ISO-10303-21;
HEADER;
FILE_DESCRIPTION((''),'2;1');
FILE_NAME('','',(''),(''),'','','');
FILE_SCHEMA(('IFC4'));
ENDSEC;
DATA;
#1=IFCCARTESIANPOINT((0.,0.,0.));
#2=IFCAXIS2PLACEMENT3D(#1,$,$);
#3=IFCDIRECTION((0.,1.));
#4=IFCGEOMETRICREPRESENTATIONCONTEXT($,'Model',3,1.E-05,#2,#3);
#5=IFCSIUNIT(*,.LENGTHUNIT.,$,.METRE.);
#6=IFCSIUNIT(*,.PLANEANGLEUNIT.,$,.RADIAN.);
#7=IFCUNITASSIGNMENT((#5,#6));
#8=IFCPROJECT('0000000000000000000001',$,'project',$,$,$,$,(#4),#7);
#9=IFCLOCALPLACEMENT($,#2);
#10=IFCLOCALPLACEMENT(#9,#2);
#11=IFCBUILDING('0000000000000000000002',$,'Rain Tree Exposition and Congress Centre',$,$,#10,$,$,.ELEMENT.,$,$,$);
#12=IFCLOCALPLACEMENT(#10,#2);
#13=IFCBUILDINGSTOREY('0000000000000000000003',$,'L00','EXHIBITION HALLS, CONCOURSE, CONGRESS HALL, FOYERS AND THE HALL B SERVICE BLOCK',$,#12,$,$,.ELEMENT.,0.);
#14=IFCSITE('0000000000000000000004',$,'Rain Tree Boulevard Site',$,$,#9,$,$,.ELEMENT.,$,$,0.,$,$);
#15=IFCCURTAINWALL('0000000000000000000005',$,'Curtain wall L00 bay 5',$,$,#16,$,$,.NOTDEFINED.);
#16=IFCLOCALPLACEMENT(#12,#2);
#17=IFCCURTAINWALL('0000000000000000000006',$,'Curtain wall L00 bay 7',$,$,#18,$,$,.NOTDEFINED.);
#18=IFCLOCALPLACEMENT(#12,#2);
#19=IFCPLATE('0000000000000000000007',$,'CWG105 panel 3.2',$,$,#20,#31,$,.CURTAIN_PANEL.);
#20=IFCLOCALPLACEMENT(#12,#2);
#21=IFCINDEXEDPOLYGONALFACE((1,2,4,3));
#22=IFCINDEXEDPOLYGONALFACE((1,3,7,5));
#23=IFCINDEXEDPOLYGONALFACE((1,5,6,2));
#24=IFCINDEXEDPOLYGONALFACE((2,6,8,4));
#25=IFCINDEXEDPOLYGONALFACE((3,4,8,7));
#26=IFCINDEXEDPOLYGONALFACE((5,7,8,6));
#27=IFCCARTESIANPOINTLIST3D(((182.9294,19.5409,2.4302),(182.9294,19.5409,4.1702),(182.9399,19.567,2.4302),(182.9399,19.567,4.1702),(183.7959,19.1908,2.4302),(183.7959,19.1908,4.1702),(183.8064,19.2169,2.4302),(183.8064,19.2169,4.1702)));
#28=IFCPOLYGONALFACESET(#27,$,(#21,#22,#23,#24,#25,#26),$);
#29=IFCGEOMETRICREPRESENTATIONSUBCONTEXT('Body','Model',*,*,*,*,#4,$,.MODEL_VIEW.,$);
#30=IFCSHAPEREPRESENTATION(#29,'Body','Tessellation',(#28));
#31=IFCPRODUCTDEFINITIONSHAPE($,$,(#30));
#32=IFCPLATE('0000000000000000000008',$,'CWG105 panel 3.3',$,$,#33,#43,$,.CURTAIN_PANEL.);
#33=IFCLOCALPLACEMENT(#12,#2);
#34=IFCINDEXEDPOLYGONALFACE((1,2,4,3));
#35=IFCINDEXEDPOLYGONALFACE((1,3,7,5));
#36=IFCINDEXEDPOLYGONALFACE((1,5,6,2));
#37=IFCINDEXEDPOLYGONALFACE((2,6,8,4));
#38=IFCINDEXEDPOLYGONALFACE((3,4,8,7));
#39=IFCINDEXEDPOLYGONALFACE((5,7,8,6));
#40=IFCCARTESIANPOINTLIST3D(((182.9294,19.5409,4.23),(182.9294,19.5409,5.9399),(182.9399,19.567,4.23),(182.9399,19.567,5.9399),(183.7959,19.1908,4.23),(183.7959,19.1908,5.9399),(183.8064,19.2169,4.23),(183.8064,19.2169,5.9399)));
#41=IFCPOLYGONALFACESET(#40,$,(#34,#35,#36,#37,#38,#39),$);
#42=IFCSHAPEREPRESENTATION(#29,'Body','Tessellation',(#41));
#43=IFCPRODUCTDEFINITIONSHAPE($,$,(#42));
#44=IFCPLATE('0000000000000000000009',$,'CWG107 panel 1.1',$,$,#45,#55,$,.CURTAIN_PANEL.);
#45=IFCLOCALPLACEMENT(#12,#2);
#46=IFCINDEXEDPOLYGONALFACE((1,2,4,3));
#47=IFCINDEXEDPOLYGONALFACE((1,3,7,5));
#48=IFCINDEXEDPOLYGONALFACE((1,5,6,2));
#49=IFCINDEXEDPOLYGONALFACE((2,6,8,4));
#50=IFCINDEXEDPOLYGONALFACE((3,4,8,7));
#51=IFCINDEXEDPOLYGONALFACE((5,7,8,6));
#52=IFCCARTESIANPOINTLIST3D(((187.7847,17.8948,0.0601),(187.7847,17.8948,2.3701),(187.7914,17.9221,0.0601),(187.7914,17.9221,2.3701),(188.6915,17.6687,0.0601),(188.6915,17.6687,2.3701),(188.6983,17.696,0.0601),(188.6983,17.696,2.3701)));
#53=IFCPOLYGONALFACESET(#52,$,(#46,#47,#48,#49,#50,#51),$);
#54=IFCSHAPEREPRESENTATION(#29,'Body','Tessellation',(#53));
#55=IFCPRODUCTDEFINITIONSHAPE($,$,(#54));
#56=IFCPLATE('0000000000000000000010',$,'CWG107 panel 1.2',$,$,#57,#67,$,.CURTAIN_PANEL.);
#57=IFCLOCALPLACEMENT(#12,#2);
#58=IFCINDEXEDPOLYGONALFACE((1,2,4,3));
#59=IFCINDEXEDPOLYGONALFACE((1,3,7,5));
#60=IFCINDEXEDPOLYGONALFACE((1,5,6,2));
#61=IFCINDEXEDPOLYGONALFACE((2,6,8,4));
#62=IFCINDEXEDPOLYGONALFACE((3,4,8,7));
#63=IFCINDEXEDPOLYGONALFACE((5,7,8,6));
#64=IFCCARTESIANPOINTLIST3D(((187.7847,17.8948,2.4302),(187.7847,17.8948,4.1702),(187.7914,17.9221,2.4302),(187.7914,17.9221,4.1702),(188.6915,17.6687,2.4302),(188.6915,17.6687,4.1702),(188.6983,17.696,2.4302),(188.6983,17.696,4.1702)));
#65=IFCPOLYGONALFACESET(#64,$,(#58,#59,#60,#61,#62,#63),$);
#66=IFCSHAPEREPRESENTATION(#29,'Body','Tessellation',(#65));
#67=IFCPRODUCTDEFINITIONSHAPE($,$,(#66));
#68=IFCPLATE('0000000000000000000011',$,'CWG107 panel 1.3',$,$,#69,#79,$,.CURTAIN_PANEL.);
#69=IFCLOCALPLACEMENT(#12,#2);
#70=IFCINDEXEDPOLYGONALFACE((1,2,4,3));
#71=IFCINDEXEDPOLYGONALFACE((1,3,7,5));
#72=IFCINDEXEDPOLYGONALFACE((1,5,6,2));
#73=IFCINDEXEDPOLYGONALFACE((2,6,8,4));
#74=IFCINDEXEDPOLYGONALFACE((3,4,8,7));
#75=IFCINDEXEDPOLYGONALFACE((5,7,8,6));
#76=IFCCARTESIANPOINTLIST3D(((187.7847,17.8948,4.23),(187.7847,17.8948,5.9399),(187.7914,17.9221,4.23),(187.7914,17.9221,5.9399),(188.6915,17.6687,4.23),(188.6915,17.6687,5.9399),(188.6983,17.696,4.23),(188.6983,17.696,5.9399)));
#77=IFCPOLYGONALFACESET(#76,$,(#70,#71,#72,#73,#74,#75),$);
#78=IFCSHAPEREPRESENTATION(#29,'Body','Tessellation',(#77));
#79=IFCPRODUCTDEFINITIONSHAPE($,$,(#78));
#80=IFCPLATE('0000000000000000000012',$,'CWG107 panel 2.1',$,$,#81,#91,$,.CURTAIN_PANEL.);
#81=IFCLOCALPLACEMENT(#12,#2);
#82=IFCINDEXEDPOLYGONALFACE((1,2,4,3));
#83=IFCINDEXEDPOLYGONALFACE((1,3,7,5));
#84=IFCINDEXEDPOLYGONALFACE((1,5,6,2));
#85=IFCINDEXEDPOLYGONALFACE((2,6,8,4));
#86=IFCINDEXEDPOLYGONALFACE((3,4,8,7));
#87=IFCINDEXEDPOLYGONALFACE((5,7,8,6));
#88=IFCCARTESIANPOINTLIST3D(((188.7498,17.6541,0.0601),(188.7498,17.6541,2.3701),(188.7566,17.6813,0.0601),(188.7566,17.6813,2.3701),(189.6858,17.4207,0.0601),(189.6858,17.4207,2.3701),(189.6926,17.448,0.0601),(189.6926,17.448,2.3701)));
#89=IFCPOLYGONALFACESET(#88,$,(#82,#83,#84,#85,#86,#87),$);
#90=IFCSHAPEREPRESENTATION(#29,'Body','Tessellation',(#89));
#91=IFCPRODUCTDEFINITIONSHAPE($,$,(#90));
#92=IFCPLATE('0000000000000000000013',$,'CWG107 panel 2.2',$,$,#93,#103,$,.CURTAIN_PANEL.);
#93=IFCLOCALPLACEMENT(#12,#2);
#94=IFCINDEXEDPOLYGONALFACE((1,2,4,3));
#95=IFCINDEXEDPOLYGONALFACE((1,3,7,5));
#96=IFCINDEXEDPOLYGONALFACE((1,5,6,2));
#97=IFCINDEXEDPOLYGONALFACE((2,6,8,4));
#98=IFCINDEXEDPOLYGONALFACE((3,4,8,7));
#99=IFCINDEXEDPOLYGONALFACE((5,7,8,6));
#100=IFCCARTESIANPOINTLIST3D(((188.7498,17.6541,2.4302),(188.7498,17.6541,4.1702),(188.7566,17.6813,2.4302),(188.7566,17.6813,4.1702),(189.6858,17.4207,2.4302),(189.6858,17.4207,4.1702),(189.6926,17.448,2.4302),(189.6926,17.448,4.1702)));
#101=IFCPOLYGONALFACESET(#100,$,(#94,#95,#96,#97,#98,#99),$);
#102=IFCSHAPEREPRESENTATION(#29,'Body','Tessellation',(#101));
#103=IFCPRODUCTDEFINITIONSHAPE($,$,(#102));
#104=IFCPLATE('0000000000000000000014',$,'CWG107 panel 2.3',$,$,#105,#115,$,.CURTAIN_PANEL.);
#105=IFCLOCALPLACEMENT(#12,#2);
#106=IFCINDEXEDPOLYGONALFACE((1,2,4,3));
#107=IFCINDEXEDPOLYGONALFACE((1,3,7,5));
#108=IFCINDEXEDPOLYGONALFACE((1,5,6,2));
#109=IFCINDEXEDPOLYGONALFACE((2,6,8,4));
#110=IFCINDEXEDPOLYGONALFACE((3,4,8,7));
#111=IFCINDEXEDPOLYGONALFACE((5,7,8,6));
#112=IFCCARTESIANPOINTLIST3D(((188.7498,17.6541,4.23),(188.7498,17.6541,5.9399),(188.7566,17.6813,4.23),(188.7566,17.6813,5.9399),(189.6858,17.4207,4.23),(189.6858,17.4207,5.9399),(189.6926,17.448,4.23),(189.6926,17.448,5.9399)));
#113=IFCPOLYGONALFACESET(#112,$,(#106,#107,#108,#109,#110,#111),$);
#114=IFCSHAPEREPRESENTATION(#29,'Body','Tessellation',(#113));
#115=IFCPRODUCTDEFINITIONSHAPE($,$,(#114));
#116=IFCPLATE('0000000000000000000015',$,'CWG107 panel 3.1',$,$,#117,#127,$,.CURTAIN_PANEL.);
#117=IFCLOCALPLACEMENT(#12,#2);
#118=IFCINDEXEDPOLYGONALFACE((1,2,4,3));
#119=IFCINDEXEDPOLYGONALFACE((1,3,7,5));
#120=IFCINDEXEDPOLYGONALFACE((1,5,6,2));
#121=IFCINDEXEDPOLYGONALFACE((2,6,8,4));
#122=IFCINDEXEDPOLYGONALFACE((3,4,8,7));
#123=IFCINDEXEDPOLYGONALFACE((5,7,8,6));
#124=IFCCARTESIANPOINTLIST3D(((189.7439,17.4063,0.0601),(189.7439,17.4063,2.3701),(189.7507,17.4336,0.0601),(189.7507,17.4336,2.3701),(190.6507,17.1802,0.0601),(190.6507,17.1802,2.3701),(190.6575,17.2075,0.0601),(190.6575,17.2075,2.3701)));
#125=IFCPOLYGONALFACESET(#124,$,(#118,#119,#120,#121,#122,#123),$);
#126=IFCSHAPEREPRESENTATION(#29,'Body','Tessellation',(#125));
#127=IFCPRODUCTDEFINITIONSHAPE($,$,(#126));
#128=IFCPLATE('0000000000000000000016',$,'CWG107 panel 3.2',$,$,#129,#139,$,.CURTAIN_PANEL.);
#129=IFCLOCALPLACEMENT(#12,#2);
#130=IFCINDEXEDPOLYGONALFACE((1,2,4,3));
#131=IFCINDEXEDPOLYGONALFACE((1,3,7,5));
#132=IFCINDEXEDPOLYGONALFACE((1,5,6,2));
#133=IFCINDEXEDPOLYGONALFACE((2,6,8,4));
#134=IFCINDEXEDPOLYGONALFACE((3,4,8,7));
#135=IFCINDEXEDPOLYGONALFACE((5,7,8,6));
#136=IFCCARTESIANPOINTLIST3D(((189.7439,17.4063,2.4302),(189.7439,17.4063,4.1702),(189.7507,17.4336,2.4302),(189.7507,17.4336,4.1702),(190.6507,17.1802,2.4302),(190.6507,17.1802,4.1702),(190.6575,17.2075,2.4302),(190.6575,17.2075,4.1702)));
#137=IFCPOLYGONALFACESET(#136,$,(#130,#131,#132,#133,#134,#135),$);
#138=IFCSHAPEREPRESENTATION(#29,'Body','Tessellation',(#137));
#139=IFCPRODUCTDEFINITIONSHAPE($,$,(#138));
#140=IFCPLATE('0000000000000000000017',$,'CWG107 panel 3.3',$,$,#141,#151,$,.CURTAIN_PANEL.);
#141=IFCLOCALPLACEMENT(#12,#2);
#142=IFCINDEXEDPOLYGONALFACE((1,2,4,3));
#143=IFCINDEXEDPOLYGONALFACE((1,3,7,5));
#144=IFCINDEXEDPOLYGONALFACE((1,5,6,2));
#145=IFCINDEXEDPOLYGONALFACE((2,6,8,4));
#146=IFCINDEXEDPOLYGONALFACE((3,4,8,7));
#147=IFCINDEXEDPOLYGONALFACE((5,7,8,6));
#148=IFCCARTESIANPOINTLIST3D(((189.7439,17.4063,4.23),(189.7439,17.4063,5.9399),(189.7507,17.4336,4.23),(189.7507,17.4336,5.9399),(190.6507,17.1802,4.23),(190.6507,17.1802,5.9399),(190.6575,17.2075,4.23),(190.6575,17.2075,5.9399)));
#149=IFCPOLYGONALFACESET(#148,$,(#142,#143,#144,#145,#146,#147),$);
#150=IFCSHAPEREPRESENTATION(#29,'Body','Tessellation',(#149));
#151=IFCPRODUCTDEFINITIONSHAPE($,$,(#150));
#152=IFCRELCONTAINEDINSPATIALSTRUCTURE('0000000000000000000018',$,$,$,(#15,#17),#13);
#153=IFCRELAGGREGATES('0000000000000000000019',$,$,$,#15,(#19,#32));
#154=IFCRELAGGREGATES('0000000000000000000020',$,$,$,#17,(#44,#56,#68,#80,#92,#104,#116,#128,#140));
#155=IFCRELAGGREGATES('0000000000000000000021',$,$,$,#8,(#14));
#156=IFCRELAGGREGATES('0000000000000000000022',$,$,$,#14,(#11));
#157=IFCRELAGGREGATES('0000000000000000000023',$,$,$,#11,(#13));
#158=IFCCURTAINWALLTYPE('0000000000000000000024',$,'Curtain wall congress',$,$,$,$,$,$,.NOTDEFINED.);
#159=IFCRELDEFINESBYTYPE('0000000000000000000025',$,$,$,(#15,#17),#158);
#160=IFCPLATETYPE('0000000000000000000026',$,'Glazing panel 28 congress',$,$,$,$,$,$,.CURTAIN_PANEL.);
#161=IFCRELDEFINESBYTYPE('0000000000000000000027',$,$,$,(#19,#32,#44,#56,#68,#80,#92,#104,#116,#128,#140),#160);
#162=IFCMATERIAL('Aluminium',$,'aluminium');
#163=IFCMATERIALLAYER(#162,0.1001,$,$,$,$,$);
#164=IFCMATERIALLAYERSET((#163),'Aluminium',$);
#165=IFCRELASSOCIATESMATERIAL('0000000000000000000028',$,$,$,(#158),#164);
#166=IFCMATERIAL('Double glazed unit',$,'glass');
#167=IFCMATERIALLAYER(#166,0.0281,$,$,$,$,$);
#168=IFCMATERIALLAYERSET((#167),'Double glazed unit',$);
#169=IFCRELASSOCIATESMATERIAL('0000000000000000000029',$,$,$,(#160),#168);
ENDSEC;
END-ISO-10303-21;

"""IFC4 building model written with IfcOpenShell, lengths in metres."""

from ifc_helpers import new_model, si_unit, direction, frame, origin, origin_2d, place, context, subcontext, project, spatial, rectangle, extrude, material, layer, layer_set, type_object, element, aggregate, save


model = new_model("IFC4")

# Units and contexts
model_context = context("Model", 3, precision=1e-05, world=origin(), true_north=direction((0.0, 1.0)))
body_context = subcontext(model_context, "Body", "Model", "MODEL_VIEW")
ifc_project = project(units=[si_unit("LENGTHUNIT", "METRE"), si_unit("PLANEANGLEUNIT", "RADIAN")], contexts=[model_context])

# Site, building, storey
site_placement = place(None, origin())
site = spatial("IfcSite", under=ifc_project, at=site_placement, Name="Rain Tree Boulevard Site", CompositionType="ELEMENT", RefElevation=0.0)
building_placement = place(site_placement, origin())
building = spatial("IfcBuilding", under=site, at=building_placement, Name="Rain Tree Exposition and Congress Centre", CompositionType="ELEMENT")
storey_placement = place(building_placement, origin())
storey = spatial("IfcBuildingStorey", under=building, at=storey_placement, Name="L00", Description="EXHIBITION HALLS, CONCOURSE, CONGRESS HALL, FOYERS AND THE HALL B SERVICE BLOCK", CompositionType="ELEMENT", Elevation=0.0)

# Curtain wall
ifc_material_1 = material(Name="Aluminium", Category="aluminium")
ifc_layer_1 = layer(ifc_material_1, 0.1001)
ifc_layer_set_1 = layer_set([ifc_layer_1], Name="Aluminium")
curtain_wall_type = type_object("IfcCurtainWallType", Name="Curtain wall congress", PredefinedType="NOTDEFINED", material=ifc_layer_set_1)
curtain_wall_1_placement = place(storey_placement, origin())
curtain_wall_1 = element("IfcCurtainWall", 1, at=curtain_wall_1_placement, inside=storey, type_object=curtain_wall_type, Name="Curtain wall L00 bay 5", PredefinedType="NOTDEFINED")

# Curtain wall
curtain_wall_2_placement = place(storey_placement, origin())
curtain_wall_2 = element("IfcCurtainWall", 2, at=curtain_wall_2_placement, inside=storey, type_object=curtain_wall_type, Name="Curtain wall L00 bay 7", PredefinedType="NOTDEFINED")

# Plates
ifc_material_2 = material(Name="Double glazed unit", Category="glass")
ifc_layer_2 = layer(ifc_material_2, 0.0281)
ifc_layer_set_2 = layer_set([ifc_layer_2], Name="Double glazed unit")
plate_type = type_object("IfcPlateType", Name="Glazing panel 28 congress", PredefinedType="CURTAIN_PANEL", material=ifc_layer_set_2)
plate_1_placement = place(storey_placement, frame((183.3679, 19.3789, 2.4302), z_axis=(0.0, 0.0, 1.0), x_axis=(0.927188, -0.374597, 0.0)))
plate_1 = element("IfcPlate", 3, at=plate_1_placement, type_object=plate_type, Name="CWG105 panel 3.2", PredefinedType="CURTAIN_PANEL", context=body_context, shape_type="SweptSolid", body=[
    extrude(rectangle(XDim=0.9346, YDim=0.0281, at=origin_2d()), origin(), (0.0, 0.0, 1.0), 1.74),
])
plate_2_placement = place(storey_placement, frame((183.3679, 19.3789, 4.23), z_axis=(0.0, 0.0, 1.0), x_axis=(0.927188, -0.374597, 0.0)))
plate_2 = element("IfcPlate", 4, at=plate_2_placement, type_object=plate_type, Name="CWG105 panel 3.3", PredefinedType="CURTAIN_PANEL", context=body_context, shape_type="SweptSolid", body=[
    extrude(rectangle(XDim=0.9346, YDim=0.0281, at=origin_2d()), origin(), (0.0, 0.0, 1.0), 1.71),
])
aggregate(curtain_wall_1, [plate_1, plate_2])
plate_3_placement = place(storey_placement, frame((188.2415, 17.7954, 0.0601), z_axis=(0.0, 0.0, 1.0), x_axis=(0.970295, -0.241923, 0.0)))
plate_3 = element("IfcPlate", 5, at=plate_3_placement, type_object=plate_type, Name="CWG107 panel 1.1", PredefinedType="CURTAIN_PANEL", context=body_context, shape_type="SweptSolid", body=[
    extrude(rectangle(XDim=0.9346, YDim=0.0281, at=origin_2d()), origin(), (0.0, 0.0, 1.0), 2.3101),
])
plate_4_placement = place(storey_placement, frame((188.2415, 17.7954, 2.4302), z_axis=(0.0, 0.0, 1.0), x_axis=(0.970295, -0.241923, 0.0)))
plate_4 = element("IfcPlate", 6, at=plate_4_placement, type_object=plate_type, Name="CWG107 panel 1.2", PredefinedType="CURTAIN_PANEL", context=body_context, shape_type="SweptSolid", body=[
    extrude(rectangle(XDim=0.9346, YDim=0.0281, at=origin_2d()), origin(), (0.0, 0.0, 1.0), 1.74),
])
plate_5_placement = place(storey_placement, frame((188.2415, 17.7954, 4.23), z_axis=(0.0, 0.0, 1.0), x_axis=(0.970295, -0.241923, 0.0)))
plate_5 = element("IfcPlate", 7, at=plate_5_placement, type_object=plate_type, Name="CWG107 panel 1.3", PredefinedType="CURTAIN_PANEL", context=body_context, shape_type="SweptSolid", body=[
    extrude(rectangle(XDim=0.9346, YDim=0.0281, at=origin_2d()), origin(), (0.0, 0.0, 1.0), 1.71),
])
plate_6_placement = place(storey_placement, frame((189.2212, 17.551, 0.0601), z_axis=(0.0, 0.0, 1.0), x_axis=(0.970295, -0.241923, 0.0)))
plate_6 = element("IfcPlate", 8, at=plate_6_placement, type_object=plate_type, Name="CWG107 panel 2.1", PredefinedType="CURTAIN_PANEL", context=body_context, shape_type="SweptSolid", body=[
    extrude(rectangle(XDim=0.9646, YDim=0.0281, at=origin_2d()), origin(), (0.0, 0.0, 1.0), 2.3101),
])
plate_7_placement = place(storey_placement, frame((189.2212, 17.551, 2.4302), z_axis=(0.0, 0.0, 1.0), x_axis=(0.970295, -0.241923, 0.0)))
plate_7 = element("IfcPlate", 9, at=plate_7_placement, type_object=plate_type, Name="CWG107 panel 2.2", PredefinedType="CURTAIN_PANEL", context=body_context, shape_type="SweptSolid", body=[
    extrude(rectangle(XDim=0.9646, YDim=0.0281, at=origin_2d()), origin(), (0.0, 0.0, 1.0), 1.74),
])
plate_8_placement = place(storey_placement, frame((189.2212, 17.551, 4.23), z_axis=(0.0, 0.0, 1.0), x_axis=(0.970295, -0.241923, 0.0)))
plate_8 = element("IfcPlate", 10, at=plate_8_placement, type_object=plate_type, Name="CWG107 panel 2.3", PredefinedType="CURTAIN_PANEL", context=body_context, shape_type="SweptSolid", body=[
    extrude(rectangle(XDim=0.9646, YDim=0.0281, at=origin_2d()), origin(), (0.0, 0.0, 1.0), 1.71),
])
plate_9_placement = place(storey_placement, frame((190.2007, 17.3069, 0.0601), z_axis=(0.0, 0.0, 1.0), x_axis=(0.970295, -0.241923, 0.0)))
plate_9 = element("IfcPlate", 11, at=plate_9_placement, type_object=plate_type, Name="CWG107 panel 3.1", PredefinedType="CURTAIN_PANEL", context=body_context, shape_type="SweptSolid", body=[
    extrude(rectangle(XDim=0.9346, YDim=0.0281, at=origin_2d()), origin(), (0.0, 0.0, 1.0), 2.3101),
])
plate_10_placement = place(storey_placement, frame((190.2007, 17.3069, 2.4302), z_axis=(0.0, 0.0, 1.0), x_axis=(0.970295, -0.241923, 0.0)))
plate_10 = element("IfcPlate", 12, at=plate_10_placement, type_object=plate_type, Name="CWG107 panel 3.2", PredefinedType="CURTAIN_PANEL", context=body_context, shape_type="SweptSolid", body=[
    extrude(rectangle(XDim=0.9346, YDim=0.0281, at=origin_2d()), origin(), (0.0, 0.0, 1.0), 1.74),
])
plate_11_placement = place(storey_placement, frame((190.2007, 17.3069, 4.23), z_axis=(0.0, 0.0, 1.0), x_axis=(0.970295, -0.241923, 0.0)))
plate_11 = element("IfcPlate", 13, at=plate_11_placement, type_object=plate_type, Name="CWG107 panel 3.3", PredefinedType="CURTAIN_PANEL", context=body_context, shape_type="SweptSolid", body=[
    extrude(rectangle(XDim=0.9346, YDim=0.0281, at=origin_2d()), origin(), (0.0, 0.0, 1.0), 1.71),
])
aggregate(curtain_wall_2, [plate_3, plate_4, plate_5, plate_6, plate_7, plate_8, plate_9, plate_10, plate_11])

save(model, "model.ifc")
